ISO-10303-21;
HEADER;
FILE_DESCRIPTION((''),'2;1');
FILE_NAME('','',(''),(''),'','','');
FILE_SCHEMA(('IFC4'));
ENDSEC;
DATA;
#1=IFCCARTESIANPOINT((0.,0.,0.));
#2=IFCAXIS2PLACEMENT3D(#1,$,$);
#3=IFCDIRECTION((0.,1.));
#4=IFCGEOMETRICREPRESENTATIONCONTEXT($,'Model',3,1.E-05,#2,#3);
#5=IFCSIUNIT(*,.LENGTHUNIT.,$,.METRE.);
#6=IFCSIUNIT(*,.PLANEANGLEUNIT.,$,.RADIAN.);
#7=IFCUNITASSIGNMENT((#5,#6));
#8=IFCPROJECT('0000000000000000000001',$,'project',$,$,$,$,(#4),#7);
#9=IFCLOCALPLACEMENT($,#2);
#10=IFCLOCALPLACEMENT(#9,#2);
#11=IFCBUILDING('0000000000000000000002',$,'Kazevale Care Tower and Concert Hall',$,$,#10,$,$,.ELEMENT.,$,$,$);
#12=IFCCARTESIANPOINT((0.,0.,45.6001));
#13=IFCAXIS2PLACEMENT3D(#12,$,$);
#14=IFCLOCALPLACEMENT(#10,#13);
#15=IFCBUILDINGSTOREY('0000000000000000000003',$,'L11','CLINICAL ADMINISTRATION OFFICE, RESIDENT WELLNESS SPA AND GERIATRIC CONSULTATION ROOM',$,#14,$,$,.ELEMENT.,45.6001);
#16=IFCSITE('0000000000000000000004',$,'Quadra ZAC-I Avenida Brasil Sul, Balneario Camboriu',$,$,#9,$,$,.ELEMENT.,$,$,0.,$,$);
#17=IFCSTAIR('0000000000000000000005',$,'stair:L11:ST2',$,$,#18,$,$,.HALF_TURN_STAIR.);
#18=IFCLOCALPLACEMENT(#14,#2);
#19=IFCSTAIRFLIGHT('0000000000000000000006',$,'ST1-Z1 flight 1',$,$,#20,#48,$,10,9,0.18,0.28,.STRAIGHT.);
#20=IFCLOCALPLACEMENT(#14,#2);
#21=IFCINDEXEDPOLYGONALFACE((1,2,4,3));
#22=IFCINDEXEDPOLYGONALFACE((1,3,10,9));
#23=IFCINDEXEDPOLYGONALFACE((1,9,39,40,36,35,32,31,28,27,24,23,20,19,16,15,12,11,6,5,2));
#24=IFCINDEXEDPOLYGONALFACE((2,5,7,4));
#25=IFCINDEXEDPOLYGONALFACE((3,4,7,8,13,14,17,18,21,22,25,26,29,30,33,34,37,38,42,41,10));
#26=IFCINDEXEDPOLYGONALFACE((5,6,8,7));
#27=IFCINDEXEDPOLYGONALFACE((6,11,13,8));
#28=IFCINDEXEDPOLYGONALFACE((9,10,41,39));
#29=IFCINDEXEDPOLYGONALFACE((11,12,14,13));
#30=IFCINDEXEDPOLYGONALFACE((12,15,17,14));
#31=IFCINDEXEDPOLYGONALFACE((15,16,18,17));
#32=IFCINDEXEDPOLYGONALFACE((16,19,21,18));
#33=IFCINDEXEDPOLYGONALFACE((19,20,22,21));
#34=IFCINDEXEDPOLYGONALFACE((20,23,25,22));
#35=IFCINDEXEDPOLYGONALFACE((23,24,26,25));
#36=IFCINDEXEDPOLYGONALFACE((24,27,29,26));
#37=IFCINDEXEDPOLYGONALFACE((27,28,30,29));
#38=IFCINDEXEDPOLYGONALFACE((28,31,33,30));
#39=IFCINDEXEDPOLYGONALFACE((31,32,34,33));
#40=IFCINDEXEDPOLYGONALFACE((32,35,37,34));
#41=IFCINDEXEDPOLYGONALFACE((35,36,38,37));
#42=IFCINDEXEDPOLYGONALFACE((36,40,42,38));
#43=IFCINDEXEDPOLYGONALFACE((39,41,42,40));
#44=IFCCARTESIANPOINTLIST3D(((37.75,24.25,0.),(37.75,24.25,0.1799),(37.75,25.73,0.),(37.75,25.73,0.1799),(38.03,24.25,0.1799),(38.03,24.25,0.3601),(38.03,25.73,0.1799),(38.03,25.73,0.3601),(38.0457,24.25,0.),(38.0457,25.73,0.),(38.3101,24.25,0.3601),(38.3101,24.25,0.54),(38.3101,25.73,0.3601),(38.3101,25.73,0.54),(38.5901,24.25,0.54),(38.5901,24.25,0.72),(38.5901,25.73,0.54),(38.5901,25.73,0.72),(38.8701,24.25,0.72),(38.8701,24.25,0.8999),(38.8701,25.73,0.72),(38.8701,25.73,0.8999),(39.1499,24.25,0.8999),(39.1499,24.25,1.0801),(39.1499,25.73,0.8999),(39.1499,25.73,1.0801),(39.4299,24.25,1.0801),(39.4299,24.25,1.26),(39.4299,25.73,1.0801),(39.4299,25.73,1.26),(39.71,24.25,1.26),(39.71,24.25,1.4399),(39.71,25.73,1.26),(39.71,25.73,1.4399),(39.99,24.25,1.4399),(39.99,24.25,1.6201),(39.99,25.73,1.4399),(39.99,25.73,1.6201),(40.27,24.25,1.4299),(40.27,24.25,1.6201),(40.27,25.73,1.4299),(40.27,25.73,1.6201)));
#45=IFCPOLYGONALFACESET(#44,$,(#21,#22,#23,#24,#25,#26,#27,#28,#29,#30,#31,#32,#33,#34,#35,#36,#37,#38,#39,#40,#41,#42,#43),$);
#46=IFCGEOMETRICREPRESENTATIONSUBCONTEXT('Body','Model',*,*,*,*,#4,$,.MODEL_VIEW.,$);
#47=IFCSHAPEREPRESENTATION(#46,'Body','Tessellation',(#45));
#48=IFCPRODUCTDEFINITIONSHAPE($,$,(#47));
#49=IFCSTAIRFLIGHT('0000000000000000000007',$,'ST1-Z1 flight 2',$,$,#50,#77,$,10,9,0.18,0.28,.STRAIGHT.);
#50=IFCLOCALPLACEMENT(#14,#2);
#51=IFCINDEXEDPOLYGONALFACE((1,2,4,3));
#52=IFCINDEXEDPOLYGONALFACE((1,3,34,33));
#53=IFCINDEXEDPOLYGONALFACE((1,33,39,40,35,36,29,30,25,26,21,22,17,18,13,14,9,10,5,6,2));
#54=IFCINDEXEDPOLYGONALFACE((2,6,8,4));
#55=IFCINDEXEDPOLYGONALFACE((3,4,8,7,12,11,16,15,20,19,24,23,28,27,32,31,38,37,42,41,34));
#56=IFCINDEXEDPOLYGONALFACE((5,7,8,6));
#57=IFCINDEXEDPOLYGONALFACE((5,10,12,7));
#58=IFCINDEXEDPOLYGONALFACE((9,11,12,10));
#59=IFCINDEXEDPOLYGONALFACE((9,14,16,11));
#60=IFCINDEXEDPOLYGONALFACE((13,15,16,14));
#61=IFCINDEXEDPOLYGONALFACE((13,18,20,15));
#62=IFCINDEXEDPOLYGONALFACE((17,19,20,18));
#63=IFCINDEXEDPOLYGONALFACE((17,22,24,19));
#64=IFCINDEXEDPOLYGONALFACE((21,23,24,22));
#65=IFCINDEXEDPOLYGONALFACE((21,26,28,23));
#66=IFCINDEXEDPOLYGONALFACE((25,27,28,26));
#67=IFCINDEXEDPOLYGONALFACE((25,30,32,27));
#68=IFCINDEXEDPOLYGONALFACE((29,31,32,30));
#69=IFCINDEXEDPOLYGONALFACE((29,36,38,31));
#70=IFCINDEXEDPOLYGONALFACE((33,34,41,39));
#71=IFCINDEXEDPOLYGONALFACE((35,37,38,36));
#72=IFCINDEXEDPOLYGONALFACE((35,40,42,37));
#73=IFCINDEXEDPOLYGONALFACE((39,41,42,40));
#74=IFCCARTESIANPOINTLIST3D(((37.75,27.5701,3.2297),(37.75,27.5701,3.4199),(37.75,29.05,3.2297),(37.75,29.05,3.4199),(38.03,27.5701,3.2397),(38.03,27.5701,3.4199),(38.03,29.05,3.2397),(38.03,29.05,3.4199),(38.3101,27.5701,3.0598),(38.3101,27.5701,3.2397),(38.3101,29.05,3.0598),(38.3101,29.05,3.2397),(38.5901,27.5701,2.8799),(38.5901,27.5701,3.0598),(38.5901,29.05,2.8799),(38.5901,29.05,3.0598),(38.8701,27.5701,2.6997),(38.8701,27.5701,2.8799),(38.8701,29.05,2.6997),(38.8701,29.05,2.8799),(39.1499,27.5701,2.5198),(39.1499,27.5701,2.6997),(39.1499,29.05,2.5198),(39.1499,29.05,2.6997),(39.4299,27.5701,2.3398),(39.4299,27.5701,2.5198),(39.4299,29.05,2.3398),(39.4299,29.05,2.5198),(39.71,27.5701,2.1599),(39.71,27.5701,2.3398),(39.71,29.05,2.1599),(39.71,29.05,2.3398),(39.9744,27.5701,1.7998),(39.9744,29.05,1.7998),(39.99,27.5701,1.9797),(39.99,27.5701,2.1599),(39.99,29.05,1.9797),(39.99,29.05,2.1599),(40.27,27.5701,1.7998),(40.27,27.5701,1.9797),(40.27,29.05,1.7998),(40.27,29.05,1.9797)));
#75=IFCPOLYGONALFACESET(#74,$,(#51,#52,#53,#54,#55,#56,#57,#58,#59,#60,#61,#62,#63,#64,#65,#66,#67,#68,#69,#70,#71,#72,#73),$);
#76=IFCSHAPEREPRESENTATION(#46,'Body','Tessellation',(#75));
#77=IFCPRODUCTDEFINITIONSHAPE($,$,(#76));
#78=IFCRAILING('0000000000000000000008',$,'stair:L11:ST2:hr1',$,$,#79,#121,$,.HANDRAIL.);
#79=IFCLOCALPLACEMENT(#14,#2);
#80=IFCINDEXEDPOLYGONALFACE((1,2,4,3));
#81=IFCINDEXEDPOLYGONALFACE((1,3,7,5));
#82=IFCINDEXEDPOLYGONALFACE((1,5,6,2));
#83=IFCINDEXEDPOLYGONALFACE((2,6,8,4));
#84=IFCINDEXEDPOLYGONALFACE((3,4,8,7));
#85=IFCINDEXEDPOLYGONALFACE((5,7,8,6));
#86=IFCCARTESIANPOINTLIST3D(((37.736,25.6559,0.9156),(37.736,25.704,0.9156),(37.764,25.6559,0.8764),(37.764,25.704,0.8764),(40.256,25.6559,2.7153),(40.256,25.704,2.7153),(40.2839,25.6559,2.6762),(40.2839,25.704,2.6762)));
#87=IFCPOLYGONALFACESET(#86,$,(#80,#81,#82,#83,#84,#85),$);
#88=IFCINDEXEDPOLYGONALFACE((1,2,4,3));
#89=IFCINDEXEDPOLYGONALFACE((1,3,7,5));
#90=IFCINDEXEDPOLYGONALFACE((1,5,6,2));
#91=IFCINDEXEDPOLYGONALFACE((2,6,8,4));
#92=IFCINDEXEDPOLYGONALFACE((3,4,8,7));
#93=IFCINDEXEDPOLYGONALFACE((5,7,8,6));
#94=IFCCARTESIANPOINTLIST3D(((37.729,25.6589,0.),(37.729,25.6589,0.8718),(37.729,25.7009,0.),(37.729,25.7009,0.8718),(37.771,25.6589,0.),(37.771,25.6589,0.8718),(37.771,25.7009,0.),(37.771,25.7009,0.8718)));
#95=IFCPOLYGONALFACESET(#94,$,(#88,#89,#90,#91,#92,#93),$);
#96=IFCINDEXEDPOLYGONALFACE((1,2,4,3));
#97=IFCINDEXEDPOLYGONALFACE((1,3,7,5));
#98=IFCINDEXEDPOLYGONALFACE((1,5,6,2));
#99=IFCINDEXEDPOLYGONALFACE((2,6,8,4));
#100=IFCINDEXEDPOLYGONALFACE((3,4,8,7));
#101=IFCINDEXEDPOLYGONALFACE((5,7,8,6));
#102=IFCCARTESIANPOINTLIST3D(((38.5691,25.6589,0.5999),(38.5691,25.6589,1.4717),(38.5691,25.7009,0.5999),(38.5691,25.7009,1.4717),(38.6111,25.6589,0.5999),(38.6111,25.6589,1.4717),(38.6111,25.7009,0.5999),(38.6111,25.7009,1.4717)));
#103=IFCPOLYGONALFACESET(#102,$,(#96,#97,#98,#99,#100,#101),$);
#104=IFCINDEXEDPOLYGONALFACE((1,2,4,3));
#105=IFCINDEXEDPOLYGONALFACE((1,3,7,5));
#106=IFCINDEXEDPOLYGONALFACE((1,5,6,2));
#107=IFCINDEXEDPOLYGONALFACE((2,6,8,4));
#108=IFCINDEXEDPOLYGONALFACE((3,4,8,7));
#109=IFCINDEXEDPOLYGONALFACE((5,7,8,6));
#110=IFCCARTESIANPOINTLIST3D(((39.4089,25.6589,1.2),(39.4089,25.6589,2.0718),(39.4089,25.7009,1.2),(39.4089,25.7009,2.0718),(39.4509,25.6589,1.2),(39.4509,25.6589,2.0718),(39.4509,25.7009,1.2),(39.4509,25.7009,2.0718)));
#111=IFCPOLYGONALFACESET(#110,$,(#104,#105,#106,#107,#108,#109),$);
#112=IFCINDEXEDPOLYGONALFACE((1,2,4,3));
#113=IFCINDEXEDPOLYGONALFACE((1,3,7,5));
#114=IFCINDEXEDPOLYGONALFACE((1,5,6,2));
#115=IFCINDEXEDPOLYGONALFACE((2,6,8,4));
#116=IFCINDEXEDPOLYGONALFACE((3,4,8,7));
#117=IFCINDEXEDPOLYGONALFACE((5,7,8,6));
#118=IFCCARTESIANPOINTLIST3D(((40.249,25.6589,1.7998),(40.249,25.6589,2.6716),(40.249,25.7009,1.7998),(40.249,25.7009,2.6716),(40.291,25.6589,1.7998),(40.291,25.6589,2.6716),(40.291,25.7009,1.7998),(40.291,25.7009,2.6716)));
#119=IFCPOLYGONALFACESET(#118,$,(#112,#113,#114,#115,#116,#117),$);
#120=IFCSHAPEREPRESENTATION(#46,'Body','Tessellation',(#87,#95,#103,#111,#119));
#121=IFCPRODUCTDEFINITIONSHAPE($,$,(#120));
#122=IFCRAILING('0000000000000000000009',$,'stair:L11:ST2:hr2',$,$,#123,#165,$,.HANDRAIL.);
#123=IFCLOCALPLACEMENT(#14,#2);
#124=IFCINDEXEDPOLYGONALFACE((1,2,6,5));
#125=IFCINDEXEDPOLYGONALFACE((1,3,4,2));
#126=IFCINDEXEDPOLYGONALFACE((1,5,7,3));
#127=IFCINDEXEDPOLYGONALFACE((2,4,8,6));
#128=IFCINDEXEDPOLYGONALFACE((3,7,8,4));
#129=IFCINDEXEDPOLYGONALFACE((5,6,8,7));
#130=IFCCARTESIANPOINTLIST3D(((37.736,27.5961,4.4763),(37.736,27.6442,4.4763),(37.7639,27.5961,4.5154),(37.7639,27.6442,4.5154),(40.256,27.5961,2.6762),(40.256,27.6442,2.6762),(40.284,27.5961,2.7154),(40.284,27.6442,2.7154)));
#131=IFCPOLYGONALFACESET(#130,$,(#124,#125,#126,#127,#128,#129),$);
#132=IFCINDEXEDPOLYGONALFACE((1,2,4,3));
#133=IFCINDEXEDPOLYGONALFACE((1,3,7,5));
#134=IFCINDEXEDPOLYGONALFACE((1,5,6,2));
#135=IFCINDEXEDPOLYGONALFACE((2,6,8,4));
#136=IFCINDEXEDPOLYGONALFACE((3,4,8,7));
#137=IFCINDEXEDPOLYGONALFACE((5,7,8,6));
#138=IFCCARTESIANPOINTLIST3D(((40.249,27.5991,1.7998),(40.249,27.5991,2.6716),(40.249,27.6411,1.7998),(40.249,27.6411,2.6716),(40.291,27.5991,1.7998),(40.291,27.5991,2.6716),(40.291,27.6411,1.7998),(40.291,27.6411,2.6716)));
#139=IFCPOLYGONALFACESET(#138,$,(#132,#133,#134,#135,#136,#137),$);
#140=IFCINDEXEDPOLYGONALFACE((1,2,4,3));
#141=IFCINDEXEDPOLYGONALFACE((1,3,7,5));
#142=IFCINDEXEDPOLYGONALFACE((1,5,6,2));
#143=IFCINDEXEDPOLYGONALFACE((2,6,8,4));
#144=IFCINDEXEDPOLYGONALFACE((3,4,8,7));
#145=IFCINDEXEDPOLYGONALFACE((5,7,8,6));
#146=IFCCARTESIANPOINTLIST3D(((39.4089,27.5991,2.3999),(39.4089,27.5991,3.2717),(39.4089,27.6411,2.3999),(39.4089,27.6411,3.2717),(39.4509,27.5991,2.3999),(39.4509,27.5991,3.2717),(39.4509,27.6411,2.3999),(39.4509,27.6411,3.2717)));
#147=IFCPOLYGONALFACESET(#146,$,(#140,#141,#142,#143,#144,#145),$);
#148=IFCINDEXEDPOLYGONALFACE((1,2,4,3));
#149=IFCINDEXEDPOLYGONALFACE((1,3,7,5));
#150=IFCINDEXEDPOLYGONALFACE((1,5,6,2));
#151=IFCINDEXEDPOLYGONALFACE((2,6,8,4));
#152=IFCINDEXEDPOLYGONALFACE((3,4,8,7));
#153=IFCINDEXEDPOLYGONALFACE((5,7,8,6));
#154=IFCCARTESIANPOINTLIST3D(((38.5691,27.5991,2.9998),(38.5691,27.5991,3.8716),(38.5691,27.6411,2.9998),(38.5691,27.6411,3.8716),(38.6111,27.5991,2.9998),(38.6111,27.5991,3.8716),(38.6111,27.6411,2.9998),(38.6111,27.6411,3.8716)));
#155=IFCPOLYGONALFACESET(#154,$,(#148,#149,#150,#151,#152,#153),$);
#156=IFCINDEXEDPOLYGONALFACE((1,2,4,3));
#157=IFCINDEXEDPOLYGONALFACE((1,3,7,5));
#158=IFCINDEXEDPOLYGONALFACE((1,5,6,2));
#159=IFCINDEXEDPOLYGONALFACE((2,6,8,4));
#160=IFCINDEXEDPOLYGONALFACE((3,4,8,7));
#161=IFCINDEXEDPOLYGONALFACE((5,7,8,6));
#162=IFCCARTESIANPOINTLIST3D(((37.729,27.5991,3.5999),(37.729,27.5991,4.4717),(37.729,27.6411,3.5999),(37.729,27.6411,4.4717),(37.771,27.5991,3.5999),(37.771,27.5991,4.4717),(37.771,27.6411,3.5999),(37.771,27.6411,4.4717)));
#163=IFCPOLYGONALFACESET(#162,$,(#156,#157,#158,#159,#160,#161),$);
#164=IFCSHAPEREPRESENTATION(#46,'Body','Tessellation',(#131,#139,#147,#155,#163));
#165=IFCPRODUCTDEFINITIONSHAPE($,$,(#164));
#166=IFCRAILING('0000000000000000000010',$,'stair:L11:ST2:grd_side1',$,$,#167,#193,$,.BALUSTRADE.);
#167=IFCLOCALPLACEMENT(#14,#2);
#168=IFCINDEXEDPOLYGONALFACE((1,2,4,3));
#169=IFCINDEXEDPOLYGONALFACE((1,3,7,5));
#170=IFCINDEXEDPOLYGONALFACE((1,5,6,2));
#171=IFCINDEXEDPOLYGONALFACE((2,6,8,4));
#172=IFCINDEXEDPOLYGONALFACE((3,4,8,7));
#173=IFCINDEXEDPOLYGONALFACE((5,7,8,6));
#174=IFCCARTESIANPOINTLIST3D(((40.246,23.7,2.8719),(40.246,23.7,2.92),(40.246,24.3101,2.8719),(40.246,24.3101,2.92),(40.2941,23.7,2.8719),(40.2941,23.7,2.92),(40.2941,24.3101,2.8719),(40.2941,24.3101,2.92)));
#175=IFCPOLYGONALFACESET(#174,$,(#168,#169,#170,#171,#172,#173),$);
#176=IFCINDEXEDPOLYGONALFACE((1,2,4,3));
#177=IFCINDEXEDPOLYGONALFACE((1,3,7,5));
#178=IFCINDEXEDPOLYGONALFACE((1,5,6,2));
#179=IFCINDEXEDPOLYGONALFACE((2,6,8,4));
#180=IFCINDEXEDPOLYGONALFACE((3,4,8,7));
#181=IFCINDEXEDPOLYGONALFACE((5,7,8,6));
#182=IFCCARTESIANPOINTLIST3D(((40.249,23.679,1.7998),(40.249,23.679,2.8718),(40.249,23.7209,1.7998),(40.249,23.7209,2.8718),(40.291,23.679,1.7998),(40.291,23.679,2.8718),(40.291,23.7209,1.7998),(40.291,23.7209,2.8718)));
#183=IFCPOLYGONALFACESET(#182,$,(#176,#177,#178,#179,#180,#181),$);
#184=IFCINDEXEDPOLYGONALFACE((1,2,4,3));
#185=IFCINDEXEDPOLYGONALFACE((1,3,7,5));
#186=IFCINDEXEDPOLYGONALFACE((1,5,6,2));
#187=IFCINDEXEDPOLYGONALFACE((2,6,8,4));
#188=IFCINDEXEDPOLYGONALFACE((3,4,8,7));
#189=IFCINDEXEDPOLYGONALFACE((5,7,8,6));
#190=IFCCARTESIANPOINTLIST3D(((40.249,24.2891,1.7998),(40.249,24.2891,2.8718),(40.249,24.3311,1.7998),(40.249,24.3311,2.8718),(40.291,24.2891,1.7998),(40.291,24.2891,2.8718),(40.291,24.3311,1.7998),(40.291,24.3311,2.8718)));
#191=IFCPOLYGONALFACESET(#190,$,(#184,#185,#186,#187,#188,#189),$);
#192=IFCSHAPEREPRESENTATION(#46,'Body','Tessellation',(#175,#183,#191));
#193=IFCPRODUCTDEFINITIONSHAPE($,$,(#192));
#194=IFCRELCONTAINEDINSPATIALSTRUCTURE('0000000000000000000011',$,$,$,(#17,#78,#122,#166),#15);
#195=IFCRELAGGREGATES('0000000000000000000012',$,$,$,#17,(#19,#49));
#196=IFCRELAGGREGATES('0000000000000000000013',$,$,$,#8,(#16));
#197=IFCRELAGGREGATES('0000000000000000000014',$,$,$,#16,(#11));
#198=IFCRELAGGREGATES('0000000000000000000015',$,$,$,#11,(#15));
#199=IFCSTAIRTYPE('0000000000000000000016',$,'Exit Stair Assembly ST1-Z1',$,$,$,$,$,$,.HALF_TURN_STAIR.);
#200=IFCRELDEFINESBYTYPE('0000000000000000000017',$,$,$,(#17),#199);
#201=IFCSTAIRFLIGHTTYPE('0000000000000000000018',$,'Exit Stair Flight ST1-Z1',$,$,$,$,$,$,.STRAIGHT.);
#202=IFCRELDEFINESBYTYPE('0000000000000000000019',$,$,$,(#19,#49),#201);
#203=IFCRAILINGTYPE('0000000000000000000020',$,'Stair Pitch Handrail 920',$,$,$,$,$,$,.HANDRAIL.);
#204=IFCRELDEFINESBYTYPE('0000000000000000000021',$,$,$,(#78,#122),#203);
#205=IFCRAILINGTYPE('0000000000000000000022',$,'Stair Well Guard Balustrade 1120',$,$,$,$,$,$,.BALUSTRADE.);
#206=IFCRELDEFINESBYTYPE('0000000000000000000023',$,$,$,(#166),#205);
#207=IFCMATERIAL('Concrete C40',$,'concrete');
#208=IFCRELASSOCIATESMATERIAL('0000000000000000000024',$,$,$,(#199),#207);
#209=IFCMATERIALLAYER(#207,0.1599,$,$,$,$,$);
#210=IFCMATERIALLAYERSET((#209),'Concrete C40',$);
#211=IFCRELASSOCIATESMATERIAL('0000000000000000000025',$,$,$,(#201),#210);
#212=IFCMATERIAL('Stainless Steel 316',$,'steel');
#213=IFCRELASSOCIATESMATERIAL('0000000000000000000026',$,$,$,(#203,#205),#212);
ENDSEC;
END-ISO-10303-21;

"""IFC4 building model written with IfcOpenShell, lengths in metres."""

from ifc_helpers import new_model, si_unit, direction, frame, origin, origin_2d, place, context, subcontext, project, spatial, polyline, rectangle, outline, extrude, material, layer, layer_set, type_object, element, aggregate, save


model = new_model("IFC4")

# Units and contexts
model_context = context("Model", 3, precision=1e-05, world=origin(), true_north=direction((0.0, 1.0)))
body_context = subcontext(model_context, "Body", "Model", "MODEL_VIEW")
ifc_project = project(units=[si_unit("LENGTHUNIT", "METRE"), si_unit("PLANEANGLEUNIT", "RADIAN")], contexts=[model_context])

# Site, building, storey
site_placement = place(None, origin())
site = spatial("IfcSite", under=ifc_project, at=site_placement, Name="Quadra ZAC-I Avenida Brasil Sul, Balneario Camboriu", CompositionType="ELEMENT", RefElevation=0.0)
building_placement = place(site_placement, origin())
building = spatial("IfcBuilding", under=site, at=building_placement, Name="Kazevale Care Tower and Concert Hall", CompositionType="ELEMENT")
storey_placement = place(building_placement, frame((0.0, 0.0, 45.6001)))
storey = spatial("IfcBuildingStorey", under=building, at=storey_placement, Name="L11", Description="CLINICAL ADMINISTRATION OFFICE, RESIDENT WELLNESS SPA AND GERIATRIC CONSULTATION ROOM", CompositionType="ELEMENT", Elevation=45.6001)

# Shared definitions
ifc_material_1 = material(Name="Concrete C40", Category="concrete")

# Stair, stair flights
stair_type = type_object("IfcStairType", Name="Exit Stair Assembly ST1-Z1", PredefinedType="HALF_TURN_STAIR", material=ifc_material_1)
stair_placement = place(storey_placement, origin())
stair = element("IfcStair", 1, at=stair_placement, inside=storey, type_object=stair_type, Name="stair:L11:ST2", PredefinedType="HALF_TURN_STAIR")
ifc_layer_1 = layer(ifc_material_1, 0.1599)
ifc_layer_set_1 = layer_set([ifc_layer_1], Name="Concrete C40")
stair_flight_type = type_object("IfcStairFlightType", Name="Exit Stair Flight ST1-Z1", PredefinedType="STRAIGHT", material=ifc_layer_set_1)
stair_flight_1_placement = place(storey_placement, frame((37.75, 24.99, 0.0), z_axis=(0.0, 0.0, 1.0), x_axis=(1.0, 0.0, 0.0)))
stair_flight_1 = element("IfcStairFlight", 2, at=stair_flight_1_placement, type_object=stair_flight_type, Name="ST1-Z1 flight 1", NumberOfRisers=10, NumberOfTreads=9, PredefinedType="STRAIGHT", RiserHeight=0.18, TreadLength=0.28, context=body_context, shape_type="SweptSolid", body=[
    extrude(outline(polyline([(0.0, 0.0), (0.0, 0.1799), (0.28, 0.1799), (0.28, 0.3601), (0.5601, 0.3601), (0.5601, 0.54), (0.8401, 0.54), (0.8401, 0.72), (1.1201, 0.72), (1.1201, 0.8999), (1.3999, 0.8999), (1.3999, 1.0801), (1.6799, 1.0801), (1.6799, 1.26), (1.96, 1.26), (1.96, 1.4399), (2.24, 1.4399), (2.24, 1.6201), (2.52, 1.6201), (2.52, 1.8), (2.52, 1.4299), (0.2957, 0.0), (0.0, 0.0)])), frame((0.0, 0.74, 0.0), z_axis=(0.0, -1.0, 0.0), x_axis=(1.0, 0.0, 0.0)), (0.0, 0.0, 1.0), 1.48),
])
stair_flight_2_placement = place(storey_placement, frame((40.27, 28.3101, 1.7998), z_axis=(0.0, 0.0, 1.0), x_axis=(-1.0, 0.0, 0.0)))
stair_flight_2 = element("IfcStairFlight", 3, at=stair_flight_2_placement, type_object=stair_flight_type, Name="ST1-Z1 flight 2", NumberOfRisers=10, NumberOfTreads=9, PredefinedType="STRAIGHT", RiserHeight=0.18, TreadLength=0.28, context=body_context, shape_type="SweptSolid", body=[
    extrude(outline(polyline([(0.0, 0.0), (0.0, 0.1799), (0.28, 0.1799), (0.28, 0.3601), (0.5601, 0.3601), (0.5601, 0.54), (0.8401, 0.54), (0.8401, 0.72), (1.1201, 0.72), (1.1201, 0.8999), (1.3999, 0.8999), (1.3999, 1.0801), (1.6799, 1.0801), (1.6799, 1.26), (1.96, 1.26), (1.96, 1.4399), (2.24, 1.4399), (2.24, 1.6201), (2.52, 1.6201), (2.52, 1.8), (2.52, 1.4299), (0.2957, 0.0), (0.0, 0.0)])), frame((0.0, 0.74, 0.0), z_axis=(0.0, -1.0, 0.0), x_axis=(1.0, 0.0, 0.0)), (0.0, 0.0, 1.0), 1.48),
])
aggregate(stair, [stair_flight_1, stair_flight_2])

# Railings
ifc_material_2 = material(Name="Stainless Steel 316", Category="steel")
railing_type_1 = type_object("IfcRailingType", Name="Stair Pitch Handrail 920", PredefinedType="HANDRAIL", material=ifc_material_2)
railing_1_placement = place(storey_placement, frame((37.75, 25.6799, 0.0)))
element("IfcRailing", 4, at=railing_1_placement, inside=storey, type_object=railing_type_1, Name="stair:L11:ST2:hr1", PredefinedType="HANDRAIL", context=body_context, shape_type="SweptSolid", body=[
    extrude(rectangle(XDim=0.0481, YDim=0.0481, at=origin_2d()), frame((0.0, 0.0, 0.896), z_axis=(0.813765, 0.0, 0.581193), x_axis=(0.0, 1.0, 0.0)), (0.0, 0.0, 1.0), 3.0967),
    extrude(rectangle(XDim=0.042, YDim=0.042, at=origin_2d()), origin(), (0.0, 0.0, 1.0), 0.8718),
    extrude(rectangle(XDim=0.042, YDim=0.042, at=origin_2d()), frame((0.8401, 0.0, 0.5999)), (0.0, 0.0, 1.0), 0.8718),
    extrude(rectangle(XDim=0.042, YDim=0.042, at=origin_2d()), frame((1.6799, 0.0, 1.2)), (0.0, 0.0, 1.0), 0.8718),
    extrude(rectangle(XDim=0.042, YDim=0.042, at=origin_2d()), frame((2.52, 0.0, 1.7998)), (0.0, 0.0, 1.0), 0.8718),
])
railing_2_placement = place(storey_placement, frame((40.27, 27.6201, 1.7998)))
element("IfcRailing", 5, at=railing_2_placement, inside=storey, type_object=railing_type_1, Name="stair:L11:ST2:hr2", PredefinedType="HANDRAIL", context=body_context, shape_type="SweptSolid", body=[
    extrude(rectangle(XDim=0.0481, YDim=0.0481, at=origin_2d()), frame((0.0, 0.0, 0.896), z_axis=(-0.813728, 0.0, 0.581246), x_axis=(0.0, -1.0, 0.0)), (0.0, 0.0, 1.0), 3.0969),
    extrude(rectangle(XDim=0.042, YDim=0.042, at=origin_2d()), origin(), (0.0, 0.0, 1.0), 0.8718),
    extrude(rectangle(XDim=0.042, YDim=0.042, at=origin_2d()), frame((-0.8401, 0.0, 0.6001)), (0.0, 0.0, 1.0), 0.8718),
    extrude(rectangle(XDim=0.042, YDim=0.042, at=origin_2d()), frame((-1.6799, 0.0, 1.2)), (0.0, 0.0, 1.0), 0.8718),
    extrude(rectangle(XDim=0.042, YDim=0.042, at=origin_2d()), frame((-2.52, 0.0, 1.8)), (0.0, 0.0, 1.0), 0.8718),
])
railing_type_2 = type_object("IfcRailingType", Name="Stair Well Guard Balustrade 1120", PredefinedType="BALUSTRADE", material=ifc_material_2)
railing_3_placement = place(storey_placement, frame((40.27, 23.7, 1.7998)))
element("IfcRailing", 6, at=railing_3_placement, inside=storey, type_object=railing_type_2, Name="stair:L11:ST2:grd_side1", PredefinedType="BALUSTRADE", context=body_context, shape_type="SweptSolid", body=[
    extrude(rectangle(XDim=0.0481, YDim=0.0481, at=origin_2d()), frame((0.0, 0.0, 1.0962), z_axis=(0.0, 1.0, 0.0), x_axis=(-1.0, 0.0, 0.0)), (0.0, 0.0, 1.0), 0.6101),
    extrude(rectangle(XDim=0.042, YDim=0.042, at=origin_2d()), origin(), (0.0, 0.0, 1.0), 1.072),
    extrude(rectangle(XDim=0.042, YDim=0.042, at=origin_2d()), frame((0.0, 0.6101, 0.0)), (0.0, 0.0, 1.0), 1.072),
])

save(model, "model.ifc")
